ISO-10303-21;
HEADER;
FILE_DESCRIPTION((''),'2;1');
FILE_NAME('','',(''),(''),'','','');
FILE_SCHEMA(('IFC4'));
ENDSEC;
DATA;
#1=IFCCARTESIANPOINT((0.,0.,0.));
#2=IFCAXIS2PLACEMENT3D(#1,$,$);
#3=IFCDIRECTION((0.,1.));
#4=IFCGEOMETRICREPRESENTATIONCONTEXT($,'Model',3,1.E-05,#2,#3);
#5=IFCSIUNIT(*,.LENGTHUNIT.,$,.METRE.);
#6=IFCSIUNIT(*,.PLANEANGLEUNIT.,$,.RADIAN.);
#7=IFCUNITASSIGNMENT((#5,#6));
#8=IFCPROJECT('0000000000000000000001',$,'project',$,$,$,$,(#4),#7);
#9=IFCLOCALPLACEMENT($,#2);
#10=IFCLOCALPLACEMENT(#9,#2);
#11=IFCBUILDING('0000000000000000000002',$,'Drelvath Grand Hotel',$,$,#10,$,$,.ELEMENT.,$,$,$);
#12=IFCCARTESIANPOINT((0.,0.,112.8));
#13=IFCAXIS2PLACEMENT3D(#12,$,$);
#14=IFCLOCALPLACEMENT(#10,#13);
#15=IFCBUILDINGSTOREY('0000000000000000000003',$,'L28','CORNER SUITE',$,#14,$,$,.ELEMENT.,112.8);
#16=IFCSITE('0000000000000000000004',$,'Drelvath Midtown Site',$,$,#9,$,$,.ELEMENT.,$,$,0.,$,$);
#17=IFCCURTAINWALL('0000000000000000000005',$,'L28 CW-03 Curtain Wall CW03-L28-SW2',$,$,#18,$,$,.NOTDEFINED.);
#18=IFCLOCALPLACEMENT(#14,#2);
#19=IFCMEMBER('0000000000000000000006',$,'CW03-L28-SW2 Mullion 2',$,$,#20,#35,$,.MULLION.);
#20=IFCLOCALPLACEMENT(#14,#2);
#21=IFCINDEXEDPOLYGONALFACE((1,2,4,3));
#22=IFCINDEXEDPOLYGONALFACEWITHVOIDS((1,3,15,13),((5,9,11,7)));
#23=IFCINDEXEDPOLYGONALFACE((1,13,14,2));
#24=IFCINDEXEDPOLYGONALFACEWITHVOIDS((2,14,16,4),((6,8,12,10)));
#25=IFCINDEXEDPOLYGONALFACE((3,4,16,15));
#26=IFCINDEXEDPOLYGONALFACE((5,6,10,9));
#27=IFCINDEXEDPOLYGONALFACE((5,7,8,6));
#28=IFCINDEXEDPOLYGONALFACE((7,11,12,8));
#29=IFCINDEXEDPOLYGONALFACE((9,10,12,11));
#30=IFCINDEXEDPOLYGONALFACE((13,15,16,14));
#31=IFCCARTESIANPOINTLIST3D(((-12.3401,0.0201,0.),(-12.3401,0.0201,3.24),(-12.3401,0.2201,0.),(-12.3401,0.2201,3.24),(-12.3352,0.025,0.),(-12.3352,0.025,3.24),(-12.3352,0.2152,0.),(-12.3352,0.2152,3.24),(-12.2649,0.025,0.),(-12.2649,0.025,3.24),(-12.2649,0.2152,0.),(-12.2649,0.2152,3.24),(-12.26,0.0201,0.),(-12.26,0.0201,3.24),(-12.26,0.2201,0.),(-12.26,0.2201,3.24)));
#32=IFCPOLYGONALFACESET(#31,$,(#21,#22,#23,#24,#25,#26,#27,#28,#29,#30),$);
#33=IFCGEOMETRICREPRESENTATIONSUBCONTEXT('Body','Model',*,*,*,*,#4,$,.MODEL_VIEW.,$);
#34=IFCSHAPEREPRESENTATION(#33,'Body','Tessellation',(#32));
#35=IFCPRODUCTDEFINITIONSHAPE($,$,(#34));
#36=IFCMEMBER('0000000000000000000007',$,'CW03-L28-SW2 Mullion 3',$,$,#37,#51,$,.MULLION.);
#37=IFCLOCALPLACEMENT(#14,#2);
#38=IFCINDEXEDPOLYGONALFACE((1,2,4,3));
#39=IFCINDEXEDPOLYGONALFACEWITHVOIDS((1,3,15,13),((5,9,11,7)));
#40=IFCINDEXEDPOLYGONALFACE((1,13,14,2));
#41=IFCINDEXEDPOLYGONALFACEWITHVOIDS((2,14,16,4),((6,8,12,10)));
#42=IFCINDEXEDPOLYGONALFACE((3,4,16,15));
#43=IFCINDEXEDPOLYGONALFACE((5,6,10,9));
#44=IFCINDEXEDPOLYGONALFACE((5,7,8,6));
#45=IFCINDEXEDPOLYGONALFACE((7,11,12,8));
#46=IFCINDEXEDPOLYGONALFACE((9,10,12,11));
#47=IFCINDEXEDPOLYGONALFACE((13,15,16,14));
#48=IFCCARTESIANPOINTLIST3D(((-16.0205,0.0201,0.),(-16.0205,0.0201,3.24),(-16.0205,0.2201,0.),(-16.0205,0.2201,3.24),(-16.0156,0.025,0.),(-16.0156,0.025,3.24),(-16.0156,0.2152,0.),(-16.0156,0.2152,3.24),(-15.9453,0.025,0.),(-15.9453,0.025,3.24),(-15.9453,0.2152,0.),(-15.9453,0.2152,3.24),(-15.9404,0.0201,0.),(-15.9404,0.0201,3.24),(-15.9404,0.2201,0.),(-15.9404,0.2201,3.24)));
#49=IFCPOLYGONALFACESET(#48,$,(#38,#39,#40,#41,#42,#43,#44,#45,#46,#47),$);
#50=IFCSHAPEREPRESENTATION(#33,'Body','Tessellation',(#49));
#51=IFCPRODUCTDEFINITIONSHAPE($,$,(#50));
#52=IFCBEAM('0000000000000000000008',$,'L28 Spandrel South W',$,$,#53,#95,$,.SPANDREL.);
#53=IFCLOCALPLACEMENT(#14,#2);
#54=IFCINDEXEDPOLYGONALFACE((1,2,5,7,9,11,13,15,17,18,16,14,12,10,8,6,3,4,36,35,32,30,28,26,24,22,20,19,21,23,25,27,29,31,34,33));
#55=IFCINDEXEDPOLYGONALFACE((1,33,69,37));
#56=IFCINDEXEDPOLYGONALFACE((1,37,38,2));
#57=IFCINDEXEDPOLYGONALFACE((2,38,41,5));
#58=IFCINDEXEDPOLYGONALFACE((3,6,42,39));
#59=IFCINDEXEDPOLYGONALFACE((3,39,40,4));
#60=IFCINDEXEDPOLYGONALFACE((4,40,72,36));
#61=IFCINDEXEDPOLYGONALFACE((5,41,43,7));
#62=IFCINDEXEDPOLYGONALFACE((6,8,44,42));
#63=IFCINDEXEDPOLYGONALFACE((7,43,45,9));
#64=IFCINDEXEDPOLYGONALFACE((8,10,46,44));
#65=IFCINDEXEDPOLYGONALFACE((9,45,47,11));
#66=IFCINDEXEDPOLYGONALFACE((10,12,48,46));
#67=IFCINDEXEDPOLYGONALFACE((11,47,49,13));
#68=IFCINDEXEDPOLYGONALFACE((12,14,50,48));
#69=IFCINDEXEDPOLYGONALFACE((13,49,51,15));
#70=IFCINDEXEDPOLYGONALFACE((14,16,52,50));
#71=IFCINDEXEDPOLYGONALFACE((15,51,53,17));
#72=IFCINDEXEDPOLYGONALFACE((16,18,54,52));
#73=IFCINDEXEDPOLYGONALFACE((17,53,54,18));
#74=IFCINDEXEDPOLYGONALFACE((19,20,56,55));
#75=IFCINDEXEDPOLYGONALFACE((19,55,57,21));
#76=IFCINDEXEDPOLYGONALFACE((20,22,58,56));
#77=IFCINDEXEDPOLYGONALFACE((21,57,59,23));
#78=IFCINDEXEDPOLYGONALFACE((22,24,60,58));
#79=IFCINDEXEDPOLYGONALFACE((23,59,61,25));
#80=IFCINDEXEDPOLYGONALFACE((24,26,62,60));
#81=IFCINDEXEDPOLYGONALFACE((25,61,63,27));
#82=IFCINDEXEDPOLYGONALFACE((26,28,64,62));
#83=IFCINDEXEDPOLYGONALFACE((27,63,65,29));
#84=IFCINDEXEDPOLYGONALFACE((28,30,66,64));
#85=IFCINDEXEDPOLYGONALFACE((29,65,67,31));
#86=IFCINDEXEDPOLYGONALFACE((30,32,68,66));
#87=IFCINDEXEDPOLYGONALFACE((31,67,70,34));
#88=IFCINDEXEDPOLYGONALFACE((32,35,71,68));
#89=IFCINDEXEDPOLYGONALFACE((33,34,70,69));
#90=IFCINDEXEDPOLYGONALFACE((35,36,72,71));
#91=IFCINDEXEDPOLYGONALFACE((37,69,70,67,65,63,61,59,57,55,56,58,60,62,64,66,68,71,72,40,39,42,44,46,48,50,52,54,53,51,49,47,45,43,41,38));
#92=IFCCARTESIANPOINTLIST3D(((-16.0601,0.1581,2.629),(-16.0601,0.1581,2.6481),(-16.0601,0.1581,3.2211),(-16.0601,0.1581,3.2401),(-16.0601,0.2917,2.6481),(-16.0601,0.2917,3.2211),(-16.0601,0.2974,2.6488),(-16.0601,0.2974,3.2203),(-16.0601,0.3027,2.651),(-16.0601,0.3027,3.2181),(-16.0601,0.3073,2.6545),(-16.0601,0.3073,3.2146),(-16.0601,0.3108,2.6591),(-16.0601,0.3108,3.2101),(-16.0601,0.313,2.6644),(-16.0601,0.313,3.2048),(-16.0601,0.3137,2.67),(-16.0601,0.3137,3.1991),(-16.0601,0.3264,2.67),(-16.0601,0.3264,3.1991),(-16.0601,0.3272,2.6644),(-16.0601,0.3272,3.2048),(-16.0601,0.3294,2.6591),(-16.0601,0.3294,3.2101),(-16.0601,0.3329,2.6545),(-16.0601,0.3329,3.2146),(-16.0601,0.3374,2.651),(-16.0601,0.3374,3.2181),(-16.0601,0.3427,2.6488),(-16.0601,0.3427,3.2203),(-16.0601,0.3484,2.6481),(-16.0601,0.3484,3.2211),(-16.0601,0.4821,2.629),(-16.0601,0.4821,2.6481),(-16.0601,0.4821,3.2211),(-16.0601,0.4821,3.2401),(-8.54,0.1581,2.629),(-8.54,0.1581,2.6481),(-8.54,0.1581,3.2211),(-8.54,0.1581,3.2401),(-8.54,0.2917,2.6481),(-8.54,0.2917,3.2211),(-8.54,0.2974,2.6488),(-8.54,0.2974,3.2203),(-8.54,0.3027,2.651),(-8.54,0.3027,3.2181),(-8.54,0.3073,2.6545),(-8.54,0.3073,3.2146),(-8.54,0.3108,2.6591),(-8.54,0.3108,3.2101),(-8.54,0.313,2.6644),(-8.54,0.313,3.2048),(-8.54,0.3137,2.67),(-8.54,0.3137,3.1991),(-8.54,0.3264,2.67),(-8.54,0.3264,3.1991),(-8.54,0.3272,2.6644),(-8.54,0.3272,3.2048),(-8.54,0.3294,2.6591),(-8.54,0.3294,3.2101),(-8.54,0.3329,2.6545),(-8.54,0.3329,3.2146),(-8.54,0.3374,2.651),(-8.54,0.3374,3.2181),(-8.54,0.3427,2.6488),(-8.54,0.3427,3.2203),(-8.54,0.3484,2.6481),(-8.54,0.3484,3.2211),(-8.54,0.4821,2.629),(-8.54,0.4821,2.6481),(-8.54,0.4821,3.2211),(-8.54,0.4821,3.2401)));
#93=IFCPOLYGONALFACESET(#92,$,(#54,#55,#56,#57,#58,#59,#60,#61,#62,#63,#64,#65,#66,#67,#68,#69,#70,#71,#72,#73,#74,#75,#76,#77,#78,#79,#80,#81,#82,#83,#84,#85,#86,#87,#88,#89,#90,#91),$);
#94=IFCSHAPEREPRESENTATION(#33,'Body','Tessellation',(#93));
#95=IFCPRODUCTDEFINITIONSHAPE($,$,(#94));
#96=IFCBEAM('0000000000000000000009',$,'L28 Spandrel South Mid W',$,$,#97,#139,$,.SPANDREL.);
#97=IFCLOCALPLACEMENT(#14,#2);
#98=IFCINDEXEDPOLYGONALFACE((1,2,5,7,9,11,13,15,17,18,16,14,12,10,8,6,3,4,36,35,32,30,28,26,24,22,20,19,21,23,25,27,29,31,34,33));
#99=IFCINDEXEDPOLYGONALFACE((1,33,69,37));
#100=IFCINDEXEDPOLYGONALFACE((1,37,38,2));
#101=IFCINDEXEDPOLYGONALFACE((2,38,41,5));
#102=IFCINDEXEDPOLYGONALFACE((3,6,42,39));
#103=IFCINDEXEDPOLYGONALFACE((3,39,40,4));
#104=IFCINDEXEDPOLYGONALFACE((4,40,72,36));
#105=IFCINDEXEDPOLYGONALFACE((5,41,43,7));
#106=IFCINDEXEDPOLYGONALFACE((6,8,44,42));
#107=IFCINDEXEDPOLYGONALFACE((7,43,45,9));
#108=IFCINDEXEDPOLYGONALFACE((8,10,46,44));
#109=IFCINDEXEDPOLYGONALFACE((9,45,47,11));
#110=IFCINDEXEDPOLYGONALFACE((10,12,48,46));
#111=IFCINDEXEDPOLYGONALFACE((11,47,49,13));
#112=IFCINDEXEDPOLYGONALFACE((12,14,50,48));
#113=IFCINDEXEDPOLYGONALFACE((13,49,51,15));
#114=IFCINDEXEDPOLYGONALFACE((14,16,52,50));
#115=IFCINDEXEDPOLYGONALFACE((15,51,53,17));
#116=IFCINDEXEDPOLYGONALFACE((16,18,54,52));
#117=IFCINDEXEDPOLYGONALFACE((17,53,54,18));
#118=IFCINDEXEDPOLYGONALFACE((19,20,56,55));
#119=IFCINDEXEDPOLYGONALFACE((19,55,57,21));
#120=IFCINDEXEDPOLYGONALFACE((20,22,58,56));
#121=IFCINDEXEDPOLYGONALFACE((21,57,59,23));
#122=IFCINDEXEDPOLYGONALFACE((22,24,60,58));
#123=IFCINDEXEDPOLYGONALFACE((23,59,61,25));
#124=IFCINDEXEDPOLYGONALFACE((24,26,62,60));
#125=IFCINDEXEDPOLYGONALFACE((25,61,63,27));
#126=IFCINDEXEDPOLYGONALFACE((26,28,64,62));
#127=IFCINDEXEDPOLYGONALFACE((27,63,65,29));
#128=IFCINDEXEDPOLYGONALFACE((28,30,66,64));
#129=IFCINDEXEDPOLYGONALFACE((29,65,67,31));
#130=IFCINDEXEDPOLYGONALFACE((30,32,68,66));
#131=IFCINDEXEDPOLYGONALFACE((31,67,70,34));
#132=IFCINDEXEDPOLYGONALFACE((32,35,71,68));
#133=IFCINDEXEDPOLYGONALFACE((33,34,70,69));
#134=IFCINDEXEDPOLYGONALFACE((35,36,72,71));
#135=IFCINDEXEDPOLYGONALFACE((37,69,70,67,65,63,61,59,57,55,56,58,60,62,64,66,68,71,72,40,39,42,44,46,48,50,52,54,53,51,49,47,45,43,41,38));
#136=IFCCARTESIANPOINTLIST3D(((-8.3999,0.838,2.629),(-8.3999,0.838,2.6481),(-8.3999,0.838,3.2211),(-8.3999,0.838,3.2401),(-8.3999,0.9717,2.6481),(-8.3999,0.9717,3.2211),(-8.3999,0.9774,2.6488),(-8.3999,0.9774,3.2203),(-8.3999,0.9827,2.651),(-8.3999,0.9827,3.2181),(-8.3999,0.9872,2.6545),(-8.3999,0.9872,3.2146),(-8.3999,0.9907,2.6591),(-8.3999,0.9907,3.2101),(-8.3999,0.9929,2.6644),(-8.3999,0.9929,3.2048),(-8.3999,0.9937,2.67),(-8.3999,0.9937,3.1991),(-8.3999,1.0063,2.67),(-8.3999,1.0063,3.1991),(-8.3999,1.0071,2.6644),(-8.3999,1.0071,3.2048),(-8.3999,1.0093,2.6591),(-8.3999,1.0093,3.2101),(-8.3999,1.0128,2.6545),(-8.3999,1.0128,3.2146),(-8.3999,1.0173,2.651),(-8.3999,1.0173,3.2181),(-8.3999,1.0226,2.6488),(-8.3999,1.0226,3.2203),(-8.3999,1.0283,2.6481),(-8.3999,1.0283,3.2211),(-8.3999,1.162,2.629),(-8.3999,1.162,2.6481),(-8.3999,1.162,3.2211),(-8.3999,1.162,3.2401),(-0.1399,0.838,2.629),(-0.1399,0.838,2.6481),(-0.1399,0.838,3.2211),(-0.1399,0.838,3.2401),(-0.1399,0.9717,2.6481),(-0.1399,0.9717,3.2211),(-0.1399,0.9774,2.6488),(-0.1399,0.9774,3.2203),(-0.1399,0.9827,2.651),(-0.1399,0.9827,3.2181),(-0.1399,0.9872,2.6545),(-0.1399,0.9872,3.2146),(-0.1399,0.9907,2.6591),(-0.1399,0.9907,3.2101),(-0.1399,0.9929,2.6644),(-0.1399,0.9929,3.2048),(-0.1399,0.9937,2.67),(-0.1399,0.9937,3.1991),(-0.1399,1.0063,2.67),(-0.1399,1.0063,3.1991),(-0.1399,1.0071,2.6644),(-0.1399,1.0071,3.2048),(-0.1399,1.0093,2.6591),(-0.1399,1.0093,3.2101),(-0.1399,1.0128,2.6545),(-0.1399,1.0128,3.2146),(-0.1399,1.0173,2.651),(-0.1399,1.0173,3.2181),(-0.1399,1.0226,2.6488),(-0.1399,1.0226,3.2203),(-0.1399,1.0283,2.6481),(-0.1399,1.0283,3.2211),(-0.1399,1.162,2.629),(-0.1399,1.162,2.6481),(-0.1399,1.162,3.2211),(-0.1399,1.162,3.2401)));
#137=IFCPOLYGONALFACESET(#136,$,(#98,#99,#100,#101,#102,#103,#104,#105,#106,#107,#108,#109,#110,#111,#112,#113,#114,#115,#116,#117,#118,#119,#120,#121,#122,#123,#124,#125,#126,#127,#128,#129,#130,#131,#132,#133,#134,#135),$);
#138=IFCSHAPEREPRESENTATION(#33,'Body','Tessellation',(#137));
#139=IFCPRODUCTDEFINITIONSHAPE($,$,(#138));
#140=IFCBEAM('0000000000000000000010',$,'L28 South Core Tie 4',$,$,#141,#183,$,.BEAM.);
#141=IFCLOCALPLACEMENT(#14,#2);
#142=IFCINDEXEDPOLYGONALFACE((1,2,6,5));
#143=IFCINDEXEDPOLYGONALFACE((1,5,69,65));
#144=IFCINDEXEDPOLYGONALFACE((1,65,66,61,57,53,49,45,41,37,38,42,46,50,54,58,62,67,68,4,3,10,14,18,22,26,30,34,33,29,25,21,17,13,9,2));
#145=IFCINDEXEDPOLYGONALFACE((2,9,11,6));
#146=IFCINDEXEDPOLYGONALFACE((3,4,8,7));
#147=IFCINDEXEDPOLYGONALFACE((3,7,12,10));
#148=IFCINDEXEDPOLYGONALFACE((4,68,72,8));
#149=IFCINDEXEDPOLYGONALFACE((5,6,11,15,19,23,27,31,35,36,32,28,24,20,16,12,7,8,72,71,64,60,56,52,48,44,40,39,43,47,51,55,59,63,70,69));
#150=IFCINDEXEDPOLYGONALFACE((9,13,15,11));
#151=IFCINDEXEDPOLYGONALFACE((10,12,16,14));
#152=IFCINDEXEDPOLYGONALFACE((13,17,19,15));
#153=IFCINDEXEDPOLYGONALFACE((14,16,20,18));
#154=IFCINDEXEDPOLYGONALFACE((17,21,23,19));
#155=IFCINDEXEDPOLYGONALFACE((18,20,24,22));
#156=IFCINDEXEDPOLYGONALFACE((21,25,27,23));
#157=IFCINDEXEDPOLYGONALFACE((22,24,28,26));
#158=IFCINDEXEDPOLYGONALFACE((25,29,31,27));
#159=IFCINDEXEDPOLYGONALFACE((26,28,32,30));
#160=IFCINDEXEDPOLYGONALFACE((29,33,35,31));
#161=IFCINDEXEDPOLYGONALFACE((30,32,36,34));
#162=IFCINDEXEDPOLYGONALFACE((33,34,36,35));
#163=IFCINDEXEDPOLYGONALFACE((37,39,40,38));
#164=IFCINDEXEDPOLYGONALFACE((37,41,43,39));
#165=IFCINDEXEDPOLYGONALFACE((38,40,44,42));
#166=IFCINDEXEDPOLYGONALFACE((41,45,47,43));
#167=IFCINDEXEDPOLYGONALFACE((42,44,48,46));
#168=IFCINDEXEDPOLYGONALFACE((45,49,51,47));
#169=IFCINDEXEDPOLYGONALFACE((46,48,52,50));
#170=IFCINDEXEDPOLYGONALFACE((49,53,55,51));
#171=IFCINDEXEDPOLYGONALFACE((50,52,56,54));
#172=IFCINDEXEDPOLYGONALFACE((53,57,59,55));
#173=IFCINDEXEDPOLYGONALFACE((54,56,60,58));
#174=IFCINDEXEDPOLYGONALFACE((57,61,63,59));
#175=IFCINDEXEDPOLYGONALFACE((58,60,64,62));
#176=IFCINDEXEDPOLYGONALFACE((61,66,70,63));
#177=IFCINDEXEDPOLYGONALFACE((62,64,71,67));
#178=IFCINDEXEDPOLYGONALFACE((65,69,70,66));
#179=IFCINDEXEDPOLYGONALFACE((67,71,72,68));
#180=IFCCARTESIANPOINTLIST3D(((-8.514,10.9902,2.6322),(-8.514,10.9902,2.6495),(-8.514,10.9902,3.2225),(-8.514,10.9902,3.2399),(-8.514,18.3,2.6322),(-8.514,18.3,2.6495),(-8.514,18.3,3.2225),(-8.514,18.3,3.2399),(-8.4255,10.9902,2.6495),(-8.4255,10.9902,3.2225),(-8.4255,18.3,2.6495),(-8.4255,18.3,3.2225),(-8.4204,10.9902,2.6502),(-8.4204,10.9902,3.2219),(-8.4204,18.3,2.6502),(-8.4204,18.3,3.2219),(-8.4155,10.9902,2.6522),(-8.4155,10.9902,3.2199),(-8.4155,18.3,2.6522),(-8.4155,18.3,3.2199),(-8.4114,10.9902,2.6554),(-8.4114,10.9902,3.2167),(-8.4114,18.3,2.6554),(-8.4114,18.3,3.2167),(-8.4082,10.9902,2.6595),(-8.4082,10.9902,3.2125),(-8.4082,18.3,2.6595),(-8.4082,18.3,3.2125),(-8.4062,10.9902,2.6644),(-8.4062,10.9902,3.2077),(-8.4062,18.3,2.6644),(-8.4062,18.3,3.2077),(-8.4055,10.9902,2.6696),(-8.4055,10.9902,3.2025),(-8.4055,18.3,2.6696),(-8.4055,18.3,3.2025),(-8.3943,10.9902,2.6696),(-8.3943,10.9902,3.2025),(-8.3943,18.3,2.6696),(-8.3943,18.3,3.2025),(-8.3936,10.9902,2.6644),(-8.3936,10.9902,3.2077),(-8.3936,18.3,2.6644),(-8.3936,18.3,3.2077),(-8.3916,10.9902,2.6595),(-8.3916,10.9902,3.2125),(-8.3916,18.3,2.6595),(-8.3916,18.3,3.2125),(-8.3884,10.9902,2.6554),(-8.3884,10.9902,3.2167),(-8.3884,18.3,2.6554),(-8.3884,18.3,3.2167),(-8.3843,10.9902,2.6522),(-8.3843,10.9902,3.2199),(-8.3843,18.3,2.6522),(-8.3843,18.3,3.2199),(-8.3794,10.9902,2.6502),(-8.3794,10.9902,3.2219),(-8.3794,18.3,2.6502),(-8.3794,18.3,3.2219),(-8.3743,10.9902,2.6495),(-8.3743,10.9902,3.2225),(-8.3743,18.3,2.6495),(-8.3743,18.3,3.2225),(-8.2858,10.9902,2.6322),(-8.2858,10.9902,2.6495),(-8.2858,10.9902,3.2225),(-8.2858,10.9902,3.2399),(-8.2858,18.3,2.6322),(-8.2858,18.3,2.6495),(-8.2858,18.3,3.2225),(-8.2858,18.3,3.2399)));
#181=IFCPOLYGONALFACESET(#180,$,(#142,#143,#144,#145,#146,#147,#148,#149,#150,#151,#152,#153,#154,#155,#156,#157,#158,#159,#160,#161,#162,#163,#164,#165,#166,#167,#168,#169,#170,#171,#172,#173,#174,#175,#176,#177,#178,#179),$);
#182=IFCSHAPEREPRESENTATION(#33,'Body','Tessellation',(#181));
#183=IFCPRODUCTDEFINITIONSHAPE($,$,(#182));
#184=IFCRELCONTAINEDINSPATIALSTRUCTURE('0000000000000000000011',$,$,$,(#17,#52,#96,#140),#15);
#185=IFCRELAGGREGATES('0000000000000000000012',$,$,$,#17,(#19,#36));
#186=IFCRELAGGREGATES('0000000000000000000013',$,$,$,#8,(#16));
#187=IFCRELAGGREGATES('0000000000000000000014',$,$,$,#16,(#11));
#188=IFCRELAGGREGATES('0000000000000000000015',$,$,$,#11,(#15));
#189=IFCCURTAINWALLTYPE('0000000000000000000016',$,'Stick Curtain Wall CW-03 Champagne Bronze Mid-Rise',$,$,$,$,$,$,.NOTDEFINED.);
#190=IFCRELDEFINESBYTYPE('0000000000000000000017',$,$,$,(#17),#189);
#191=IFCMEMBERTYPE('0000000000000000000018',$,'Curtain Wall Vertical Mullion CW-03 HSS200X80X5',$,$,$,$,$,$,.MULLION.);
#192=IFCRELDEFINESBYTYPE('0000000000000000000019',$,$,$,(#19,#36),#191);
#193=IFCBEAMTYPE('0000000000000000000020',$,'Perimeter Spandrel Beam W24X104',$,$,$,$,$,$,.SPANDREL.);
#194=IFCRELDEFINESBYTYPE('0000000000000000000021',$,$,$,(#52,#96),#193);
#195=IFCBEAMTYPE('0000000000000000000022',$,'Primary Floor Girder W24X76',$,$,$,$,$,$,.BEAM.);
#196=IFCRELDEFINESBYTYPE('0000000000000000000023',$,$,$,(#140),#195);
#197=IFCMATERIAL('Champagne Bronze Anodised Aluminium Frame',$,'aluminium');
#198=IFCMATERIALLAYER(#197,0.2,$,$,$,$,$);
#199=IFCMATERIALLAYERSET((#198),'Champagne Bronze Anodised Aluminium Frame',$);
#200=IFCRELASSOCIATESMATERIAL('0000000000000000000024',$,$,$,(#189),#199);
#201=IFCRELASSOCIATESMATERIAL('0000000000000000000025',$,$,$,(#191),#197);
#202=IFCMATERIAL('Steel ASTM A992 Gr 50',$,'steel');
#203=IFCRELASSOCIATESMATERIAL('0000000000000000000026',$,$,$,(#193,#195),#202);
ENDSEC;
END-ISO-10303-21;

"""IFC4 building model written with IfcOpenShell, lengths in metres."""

from ifc_helpers import new_model, si_unit, direction, frame, origin, origin_2d, place, context, subcontext, project, spatial, hollow_rectangle, i_section, extrude, material, layer, layer_set, material_profile, profile_set, type_object, element, aggregate, save


model = new_model("IFC4")

# Units and contexts
model_context = context("Model", 3, precision=1e-05, world=origin(), true_north=direction((0.0, 1.0)))
body_context = subcontext(model_context, "Body", "Model", "MODEL_VIEW")
ifc_project = project(units=[si_unit("LENGTHUNIT", "METRE"), si_unit("PLANEANGLEUNIT", "RADIAN")], contexts=[model_context])

# Site, building, storey
site_placement = place(None, origin())
site = spatial("IfcSite", under=ifc_project, at=site_placement, Name="Drelvath Midtown Site", CompositionType="ELEMENT", RefElevation=0.0)
building_placement = place(site_placement, origin())
building = spatial("IfcBuilding", under=site, at=building_placement, Name="Drelvath Grand Hotel", CompositionType="ELEMENT")
storey_placement = place(building_placement, frame((0.0, 0.0, 112.8)))
storey = spatial("IfcBuildingStorey", under=building, at=storey_placement, Name="L28", Description="CORNER SUITE", CompositionType="ELEMENT", Elevation=112.8)

# Shared definitions
ifc_material_1 = material(Name="Steel ASTM A992 Gr 50", Category="steel")

# Curtain wall
ifc_material_2 = material(Name="Champagne Bronze Anodised Aluminium Frame", Category="aluminium")
ifc_layer_1 = layer(ifc_material_2, 0.2)
ifc_layer_set_1 = layer_set([ifc_layer_1], Name="Champagne Bronze Anodised Aluminium Frame")
curtain_wall_type = type_object("IfcCurtainWallType", Name="Stick Curtain Wall CW-03 Champagne Bronze Mid-Rise", PredefinedType="NOTDEFINED", material=ifc_layer_set_1)
curtain_wall_1_placement = place(storey_placement, origin())
curtain_wall_1 = element("IfcCurtainWall", 1, at=curtain_wall_1_placement, inside=storey, type_object=curtain_wall_type, Name="L28 CW-03 Curtain Wall CW03-L28-SW2", PredefinedType="NOTDEFINED")

# Shared definitions
ifc_material_profile_1 = material_profile(ifc_material_2, hollow_rectangle(XDim=0.0801, YDim=0.2, WallThickness=0.0049, at=origin_2d()), Name="HSS200X80X5")
ifc_profile_set_1 = profile_set([ifc_material_profile_1], Name="Champagne Bronze Anodised Aluminium Frame")
member_type_1 = type_object("IfcMemberType", Name="Curtain Wall Vertical Mullion CW-03 HSS200X80X5", PredefinedType="MULLION", material=ifc_profile_set_1)

# Members
member_1_placement = place(storey_placement, frame((-12.3, 0.1201, 0.0), z_axis=(0.0, 0.0, 1.0), x_axis=(1.0, 0.0, 0.0)))
member_1 = element("IfcMember", 2, at=member_1_placement, type_object=member_type_1, Name="CW03-L28-SW2 Mullion 2", PredefinedType="MULLION", context=body_context, shape_type="SweptSolid", body=[
    extrude(hollow_rectangle(XDim=0.0801, YDim=0.2, WallThickness=0.0049, at=origin_2d()), origin(), (0.0, 0.0, 1.0), 3.24),
])
member_2_placement = place(storey_placement, frame((-15.9805, 0.1201, 0.0), z_axis=(0.0, 0.0, 1.0), x_axis=(1.0, 0.0, 0.0)))
member_2 = element("IfcMember", 3, at=member_2_placement, type_object=member_type_1, Name="CW03-L28-SW2 Mullion 3", PredefinedType="MULLION", context=body_context, shape_type="SweptSolid", body=[
    extrude(hollow_rectangle(XDim=0.0801, YDim=0.2, WallThickness=0.0049, at=origin_2d()), origin(), (0.0, 0.0, 1.0), 3.24),
])

# Beams
ifc_material_profile_2 = material_profile(ifc_material_1, i_section(OverallWidth=0.324, OverallDepth=0.6111, WebThickness=0.0127, FlangeThickness=0.019, FilletRadius=0.022, at=origin_2d()), Name="W24X104")
ifc_profile_set_2 = profile_set([ifc_material_profile_2], Name="Steel ASTM A992 Gr 50")
beam_type_1 = type_object("IfcBeamType", Name="Perimeter Spandrel Beam W24X104", PredefinedType="SPANDREL", material=ifc_profile_set_2)
beam_1_placement = place(storey_placement, frame((-16.0601, 0.3201, 2.9346), z_axis=(1.0, 0.0, 0.0), x_axis=(0.0, 1.0, 0.0)))
element("IfcBeam", 4, at=beam_1_placement, inside=storey, type_object=beam_type_1, Name="L28 Spandrel South W", PredefinedType="SPANDREL", context=body_context, shape_type="SweptSolid", body=[
    extrude(i_section(OverallWidth=0.324, OverallDepth=0.6111, WebThickness=0.0127, FlangeThickness=0.019, FilletRadius=0.022, at=origin_2d()), origin(), (0.0, 0.0, 1.0), 7.52),
])
beam_2_placement = place(storey_placement, frame((-8.3999, 1.0, 2.9346), z_axis=(1.0, 0.0, 0.0), x_axis=(0.0, 1.0, 0.0)))
element("IfcBeam", 5, at=beam_2_placement, inside=storey, type_object=beam_type_1, Name="L28 Spandrel South Mid W", PredefinedType="SPANDREL", context=body_context, shape_type="SweptSolid", body=[
    extrude(i_section(OverallWidth=0.324, OverallDepth=0.6111, WebThickness=0.0127, FlangeThickness=0.019, FilletRadius=0.022, at=origin_2d()), origin(), (0.0, 0.0, 1.0), 8.26),
])
ifc_material_profile_3 = material_profile(ifc_material_1, i_section(OverallWidth=0.2283, OverallDepth=0.6077, WebThickness=0.0112, FlangeThickness=0.0173, FilletRadius=0.02, at=origin_2d()), Name="W24X76")
ifc_profile_set_3 = profile_set([ifc_material_profile_3], Name="Steel ASTM A992 Gr 50")
beam_type_2 = type_object("IfcBeamType", Name="Primary Floor Girder W24X76", PredefinedType="BEAM", material=ifc_profile_set_3)
beam_3_placement = place(storey_placement, frame((-8.3999, 10.9902, 2.936), z_axis=(0.0, 1.0, 0.0), x_axis=(-1.0, 0.0, 0.0)))
element("IfcBeam", 6, at=beam_3_placement, inside=storey, type_object=beam_type_2, Name="L28 South Core Tie 4", PredefinedType="BEAM", context=body_context, shape_type="SweptSolid", body=[
    extrude(i_section(OverallWidth=0.2283, OverallDepth=0.6077, WebThickness=0.0112, FlangeThickness=0.0173, FilletRadius=0.02, at=origin_2d()), origin(), (0.0, 0.0, 1.0), 7.3098),
])

aggregate(curtain_wall_1, [member_1, member_2])

save(model, "model.ifc")
